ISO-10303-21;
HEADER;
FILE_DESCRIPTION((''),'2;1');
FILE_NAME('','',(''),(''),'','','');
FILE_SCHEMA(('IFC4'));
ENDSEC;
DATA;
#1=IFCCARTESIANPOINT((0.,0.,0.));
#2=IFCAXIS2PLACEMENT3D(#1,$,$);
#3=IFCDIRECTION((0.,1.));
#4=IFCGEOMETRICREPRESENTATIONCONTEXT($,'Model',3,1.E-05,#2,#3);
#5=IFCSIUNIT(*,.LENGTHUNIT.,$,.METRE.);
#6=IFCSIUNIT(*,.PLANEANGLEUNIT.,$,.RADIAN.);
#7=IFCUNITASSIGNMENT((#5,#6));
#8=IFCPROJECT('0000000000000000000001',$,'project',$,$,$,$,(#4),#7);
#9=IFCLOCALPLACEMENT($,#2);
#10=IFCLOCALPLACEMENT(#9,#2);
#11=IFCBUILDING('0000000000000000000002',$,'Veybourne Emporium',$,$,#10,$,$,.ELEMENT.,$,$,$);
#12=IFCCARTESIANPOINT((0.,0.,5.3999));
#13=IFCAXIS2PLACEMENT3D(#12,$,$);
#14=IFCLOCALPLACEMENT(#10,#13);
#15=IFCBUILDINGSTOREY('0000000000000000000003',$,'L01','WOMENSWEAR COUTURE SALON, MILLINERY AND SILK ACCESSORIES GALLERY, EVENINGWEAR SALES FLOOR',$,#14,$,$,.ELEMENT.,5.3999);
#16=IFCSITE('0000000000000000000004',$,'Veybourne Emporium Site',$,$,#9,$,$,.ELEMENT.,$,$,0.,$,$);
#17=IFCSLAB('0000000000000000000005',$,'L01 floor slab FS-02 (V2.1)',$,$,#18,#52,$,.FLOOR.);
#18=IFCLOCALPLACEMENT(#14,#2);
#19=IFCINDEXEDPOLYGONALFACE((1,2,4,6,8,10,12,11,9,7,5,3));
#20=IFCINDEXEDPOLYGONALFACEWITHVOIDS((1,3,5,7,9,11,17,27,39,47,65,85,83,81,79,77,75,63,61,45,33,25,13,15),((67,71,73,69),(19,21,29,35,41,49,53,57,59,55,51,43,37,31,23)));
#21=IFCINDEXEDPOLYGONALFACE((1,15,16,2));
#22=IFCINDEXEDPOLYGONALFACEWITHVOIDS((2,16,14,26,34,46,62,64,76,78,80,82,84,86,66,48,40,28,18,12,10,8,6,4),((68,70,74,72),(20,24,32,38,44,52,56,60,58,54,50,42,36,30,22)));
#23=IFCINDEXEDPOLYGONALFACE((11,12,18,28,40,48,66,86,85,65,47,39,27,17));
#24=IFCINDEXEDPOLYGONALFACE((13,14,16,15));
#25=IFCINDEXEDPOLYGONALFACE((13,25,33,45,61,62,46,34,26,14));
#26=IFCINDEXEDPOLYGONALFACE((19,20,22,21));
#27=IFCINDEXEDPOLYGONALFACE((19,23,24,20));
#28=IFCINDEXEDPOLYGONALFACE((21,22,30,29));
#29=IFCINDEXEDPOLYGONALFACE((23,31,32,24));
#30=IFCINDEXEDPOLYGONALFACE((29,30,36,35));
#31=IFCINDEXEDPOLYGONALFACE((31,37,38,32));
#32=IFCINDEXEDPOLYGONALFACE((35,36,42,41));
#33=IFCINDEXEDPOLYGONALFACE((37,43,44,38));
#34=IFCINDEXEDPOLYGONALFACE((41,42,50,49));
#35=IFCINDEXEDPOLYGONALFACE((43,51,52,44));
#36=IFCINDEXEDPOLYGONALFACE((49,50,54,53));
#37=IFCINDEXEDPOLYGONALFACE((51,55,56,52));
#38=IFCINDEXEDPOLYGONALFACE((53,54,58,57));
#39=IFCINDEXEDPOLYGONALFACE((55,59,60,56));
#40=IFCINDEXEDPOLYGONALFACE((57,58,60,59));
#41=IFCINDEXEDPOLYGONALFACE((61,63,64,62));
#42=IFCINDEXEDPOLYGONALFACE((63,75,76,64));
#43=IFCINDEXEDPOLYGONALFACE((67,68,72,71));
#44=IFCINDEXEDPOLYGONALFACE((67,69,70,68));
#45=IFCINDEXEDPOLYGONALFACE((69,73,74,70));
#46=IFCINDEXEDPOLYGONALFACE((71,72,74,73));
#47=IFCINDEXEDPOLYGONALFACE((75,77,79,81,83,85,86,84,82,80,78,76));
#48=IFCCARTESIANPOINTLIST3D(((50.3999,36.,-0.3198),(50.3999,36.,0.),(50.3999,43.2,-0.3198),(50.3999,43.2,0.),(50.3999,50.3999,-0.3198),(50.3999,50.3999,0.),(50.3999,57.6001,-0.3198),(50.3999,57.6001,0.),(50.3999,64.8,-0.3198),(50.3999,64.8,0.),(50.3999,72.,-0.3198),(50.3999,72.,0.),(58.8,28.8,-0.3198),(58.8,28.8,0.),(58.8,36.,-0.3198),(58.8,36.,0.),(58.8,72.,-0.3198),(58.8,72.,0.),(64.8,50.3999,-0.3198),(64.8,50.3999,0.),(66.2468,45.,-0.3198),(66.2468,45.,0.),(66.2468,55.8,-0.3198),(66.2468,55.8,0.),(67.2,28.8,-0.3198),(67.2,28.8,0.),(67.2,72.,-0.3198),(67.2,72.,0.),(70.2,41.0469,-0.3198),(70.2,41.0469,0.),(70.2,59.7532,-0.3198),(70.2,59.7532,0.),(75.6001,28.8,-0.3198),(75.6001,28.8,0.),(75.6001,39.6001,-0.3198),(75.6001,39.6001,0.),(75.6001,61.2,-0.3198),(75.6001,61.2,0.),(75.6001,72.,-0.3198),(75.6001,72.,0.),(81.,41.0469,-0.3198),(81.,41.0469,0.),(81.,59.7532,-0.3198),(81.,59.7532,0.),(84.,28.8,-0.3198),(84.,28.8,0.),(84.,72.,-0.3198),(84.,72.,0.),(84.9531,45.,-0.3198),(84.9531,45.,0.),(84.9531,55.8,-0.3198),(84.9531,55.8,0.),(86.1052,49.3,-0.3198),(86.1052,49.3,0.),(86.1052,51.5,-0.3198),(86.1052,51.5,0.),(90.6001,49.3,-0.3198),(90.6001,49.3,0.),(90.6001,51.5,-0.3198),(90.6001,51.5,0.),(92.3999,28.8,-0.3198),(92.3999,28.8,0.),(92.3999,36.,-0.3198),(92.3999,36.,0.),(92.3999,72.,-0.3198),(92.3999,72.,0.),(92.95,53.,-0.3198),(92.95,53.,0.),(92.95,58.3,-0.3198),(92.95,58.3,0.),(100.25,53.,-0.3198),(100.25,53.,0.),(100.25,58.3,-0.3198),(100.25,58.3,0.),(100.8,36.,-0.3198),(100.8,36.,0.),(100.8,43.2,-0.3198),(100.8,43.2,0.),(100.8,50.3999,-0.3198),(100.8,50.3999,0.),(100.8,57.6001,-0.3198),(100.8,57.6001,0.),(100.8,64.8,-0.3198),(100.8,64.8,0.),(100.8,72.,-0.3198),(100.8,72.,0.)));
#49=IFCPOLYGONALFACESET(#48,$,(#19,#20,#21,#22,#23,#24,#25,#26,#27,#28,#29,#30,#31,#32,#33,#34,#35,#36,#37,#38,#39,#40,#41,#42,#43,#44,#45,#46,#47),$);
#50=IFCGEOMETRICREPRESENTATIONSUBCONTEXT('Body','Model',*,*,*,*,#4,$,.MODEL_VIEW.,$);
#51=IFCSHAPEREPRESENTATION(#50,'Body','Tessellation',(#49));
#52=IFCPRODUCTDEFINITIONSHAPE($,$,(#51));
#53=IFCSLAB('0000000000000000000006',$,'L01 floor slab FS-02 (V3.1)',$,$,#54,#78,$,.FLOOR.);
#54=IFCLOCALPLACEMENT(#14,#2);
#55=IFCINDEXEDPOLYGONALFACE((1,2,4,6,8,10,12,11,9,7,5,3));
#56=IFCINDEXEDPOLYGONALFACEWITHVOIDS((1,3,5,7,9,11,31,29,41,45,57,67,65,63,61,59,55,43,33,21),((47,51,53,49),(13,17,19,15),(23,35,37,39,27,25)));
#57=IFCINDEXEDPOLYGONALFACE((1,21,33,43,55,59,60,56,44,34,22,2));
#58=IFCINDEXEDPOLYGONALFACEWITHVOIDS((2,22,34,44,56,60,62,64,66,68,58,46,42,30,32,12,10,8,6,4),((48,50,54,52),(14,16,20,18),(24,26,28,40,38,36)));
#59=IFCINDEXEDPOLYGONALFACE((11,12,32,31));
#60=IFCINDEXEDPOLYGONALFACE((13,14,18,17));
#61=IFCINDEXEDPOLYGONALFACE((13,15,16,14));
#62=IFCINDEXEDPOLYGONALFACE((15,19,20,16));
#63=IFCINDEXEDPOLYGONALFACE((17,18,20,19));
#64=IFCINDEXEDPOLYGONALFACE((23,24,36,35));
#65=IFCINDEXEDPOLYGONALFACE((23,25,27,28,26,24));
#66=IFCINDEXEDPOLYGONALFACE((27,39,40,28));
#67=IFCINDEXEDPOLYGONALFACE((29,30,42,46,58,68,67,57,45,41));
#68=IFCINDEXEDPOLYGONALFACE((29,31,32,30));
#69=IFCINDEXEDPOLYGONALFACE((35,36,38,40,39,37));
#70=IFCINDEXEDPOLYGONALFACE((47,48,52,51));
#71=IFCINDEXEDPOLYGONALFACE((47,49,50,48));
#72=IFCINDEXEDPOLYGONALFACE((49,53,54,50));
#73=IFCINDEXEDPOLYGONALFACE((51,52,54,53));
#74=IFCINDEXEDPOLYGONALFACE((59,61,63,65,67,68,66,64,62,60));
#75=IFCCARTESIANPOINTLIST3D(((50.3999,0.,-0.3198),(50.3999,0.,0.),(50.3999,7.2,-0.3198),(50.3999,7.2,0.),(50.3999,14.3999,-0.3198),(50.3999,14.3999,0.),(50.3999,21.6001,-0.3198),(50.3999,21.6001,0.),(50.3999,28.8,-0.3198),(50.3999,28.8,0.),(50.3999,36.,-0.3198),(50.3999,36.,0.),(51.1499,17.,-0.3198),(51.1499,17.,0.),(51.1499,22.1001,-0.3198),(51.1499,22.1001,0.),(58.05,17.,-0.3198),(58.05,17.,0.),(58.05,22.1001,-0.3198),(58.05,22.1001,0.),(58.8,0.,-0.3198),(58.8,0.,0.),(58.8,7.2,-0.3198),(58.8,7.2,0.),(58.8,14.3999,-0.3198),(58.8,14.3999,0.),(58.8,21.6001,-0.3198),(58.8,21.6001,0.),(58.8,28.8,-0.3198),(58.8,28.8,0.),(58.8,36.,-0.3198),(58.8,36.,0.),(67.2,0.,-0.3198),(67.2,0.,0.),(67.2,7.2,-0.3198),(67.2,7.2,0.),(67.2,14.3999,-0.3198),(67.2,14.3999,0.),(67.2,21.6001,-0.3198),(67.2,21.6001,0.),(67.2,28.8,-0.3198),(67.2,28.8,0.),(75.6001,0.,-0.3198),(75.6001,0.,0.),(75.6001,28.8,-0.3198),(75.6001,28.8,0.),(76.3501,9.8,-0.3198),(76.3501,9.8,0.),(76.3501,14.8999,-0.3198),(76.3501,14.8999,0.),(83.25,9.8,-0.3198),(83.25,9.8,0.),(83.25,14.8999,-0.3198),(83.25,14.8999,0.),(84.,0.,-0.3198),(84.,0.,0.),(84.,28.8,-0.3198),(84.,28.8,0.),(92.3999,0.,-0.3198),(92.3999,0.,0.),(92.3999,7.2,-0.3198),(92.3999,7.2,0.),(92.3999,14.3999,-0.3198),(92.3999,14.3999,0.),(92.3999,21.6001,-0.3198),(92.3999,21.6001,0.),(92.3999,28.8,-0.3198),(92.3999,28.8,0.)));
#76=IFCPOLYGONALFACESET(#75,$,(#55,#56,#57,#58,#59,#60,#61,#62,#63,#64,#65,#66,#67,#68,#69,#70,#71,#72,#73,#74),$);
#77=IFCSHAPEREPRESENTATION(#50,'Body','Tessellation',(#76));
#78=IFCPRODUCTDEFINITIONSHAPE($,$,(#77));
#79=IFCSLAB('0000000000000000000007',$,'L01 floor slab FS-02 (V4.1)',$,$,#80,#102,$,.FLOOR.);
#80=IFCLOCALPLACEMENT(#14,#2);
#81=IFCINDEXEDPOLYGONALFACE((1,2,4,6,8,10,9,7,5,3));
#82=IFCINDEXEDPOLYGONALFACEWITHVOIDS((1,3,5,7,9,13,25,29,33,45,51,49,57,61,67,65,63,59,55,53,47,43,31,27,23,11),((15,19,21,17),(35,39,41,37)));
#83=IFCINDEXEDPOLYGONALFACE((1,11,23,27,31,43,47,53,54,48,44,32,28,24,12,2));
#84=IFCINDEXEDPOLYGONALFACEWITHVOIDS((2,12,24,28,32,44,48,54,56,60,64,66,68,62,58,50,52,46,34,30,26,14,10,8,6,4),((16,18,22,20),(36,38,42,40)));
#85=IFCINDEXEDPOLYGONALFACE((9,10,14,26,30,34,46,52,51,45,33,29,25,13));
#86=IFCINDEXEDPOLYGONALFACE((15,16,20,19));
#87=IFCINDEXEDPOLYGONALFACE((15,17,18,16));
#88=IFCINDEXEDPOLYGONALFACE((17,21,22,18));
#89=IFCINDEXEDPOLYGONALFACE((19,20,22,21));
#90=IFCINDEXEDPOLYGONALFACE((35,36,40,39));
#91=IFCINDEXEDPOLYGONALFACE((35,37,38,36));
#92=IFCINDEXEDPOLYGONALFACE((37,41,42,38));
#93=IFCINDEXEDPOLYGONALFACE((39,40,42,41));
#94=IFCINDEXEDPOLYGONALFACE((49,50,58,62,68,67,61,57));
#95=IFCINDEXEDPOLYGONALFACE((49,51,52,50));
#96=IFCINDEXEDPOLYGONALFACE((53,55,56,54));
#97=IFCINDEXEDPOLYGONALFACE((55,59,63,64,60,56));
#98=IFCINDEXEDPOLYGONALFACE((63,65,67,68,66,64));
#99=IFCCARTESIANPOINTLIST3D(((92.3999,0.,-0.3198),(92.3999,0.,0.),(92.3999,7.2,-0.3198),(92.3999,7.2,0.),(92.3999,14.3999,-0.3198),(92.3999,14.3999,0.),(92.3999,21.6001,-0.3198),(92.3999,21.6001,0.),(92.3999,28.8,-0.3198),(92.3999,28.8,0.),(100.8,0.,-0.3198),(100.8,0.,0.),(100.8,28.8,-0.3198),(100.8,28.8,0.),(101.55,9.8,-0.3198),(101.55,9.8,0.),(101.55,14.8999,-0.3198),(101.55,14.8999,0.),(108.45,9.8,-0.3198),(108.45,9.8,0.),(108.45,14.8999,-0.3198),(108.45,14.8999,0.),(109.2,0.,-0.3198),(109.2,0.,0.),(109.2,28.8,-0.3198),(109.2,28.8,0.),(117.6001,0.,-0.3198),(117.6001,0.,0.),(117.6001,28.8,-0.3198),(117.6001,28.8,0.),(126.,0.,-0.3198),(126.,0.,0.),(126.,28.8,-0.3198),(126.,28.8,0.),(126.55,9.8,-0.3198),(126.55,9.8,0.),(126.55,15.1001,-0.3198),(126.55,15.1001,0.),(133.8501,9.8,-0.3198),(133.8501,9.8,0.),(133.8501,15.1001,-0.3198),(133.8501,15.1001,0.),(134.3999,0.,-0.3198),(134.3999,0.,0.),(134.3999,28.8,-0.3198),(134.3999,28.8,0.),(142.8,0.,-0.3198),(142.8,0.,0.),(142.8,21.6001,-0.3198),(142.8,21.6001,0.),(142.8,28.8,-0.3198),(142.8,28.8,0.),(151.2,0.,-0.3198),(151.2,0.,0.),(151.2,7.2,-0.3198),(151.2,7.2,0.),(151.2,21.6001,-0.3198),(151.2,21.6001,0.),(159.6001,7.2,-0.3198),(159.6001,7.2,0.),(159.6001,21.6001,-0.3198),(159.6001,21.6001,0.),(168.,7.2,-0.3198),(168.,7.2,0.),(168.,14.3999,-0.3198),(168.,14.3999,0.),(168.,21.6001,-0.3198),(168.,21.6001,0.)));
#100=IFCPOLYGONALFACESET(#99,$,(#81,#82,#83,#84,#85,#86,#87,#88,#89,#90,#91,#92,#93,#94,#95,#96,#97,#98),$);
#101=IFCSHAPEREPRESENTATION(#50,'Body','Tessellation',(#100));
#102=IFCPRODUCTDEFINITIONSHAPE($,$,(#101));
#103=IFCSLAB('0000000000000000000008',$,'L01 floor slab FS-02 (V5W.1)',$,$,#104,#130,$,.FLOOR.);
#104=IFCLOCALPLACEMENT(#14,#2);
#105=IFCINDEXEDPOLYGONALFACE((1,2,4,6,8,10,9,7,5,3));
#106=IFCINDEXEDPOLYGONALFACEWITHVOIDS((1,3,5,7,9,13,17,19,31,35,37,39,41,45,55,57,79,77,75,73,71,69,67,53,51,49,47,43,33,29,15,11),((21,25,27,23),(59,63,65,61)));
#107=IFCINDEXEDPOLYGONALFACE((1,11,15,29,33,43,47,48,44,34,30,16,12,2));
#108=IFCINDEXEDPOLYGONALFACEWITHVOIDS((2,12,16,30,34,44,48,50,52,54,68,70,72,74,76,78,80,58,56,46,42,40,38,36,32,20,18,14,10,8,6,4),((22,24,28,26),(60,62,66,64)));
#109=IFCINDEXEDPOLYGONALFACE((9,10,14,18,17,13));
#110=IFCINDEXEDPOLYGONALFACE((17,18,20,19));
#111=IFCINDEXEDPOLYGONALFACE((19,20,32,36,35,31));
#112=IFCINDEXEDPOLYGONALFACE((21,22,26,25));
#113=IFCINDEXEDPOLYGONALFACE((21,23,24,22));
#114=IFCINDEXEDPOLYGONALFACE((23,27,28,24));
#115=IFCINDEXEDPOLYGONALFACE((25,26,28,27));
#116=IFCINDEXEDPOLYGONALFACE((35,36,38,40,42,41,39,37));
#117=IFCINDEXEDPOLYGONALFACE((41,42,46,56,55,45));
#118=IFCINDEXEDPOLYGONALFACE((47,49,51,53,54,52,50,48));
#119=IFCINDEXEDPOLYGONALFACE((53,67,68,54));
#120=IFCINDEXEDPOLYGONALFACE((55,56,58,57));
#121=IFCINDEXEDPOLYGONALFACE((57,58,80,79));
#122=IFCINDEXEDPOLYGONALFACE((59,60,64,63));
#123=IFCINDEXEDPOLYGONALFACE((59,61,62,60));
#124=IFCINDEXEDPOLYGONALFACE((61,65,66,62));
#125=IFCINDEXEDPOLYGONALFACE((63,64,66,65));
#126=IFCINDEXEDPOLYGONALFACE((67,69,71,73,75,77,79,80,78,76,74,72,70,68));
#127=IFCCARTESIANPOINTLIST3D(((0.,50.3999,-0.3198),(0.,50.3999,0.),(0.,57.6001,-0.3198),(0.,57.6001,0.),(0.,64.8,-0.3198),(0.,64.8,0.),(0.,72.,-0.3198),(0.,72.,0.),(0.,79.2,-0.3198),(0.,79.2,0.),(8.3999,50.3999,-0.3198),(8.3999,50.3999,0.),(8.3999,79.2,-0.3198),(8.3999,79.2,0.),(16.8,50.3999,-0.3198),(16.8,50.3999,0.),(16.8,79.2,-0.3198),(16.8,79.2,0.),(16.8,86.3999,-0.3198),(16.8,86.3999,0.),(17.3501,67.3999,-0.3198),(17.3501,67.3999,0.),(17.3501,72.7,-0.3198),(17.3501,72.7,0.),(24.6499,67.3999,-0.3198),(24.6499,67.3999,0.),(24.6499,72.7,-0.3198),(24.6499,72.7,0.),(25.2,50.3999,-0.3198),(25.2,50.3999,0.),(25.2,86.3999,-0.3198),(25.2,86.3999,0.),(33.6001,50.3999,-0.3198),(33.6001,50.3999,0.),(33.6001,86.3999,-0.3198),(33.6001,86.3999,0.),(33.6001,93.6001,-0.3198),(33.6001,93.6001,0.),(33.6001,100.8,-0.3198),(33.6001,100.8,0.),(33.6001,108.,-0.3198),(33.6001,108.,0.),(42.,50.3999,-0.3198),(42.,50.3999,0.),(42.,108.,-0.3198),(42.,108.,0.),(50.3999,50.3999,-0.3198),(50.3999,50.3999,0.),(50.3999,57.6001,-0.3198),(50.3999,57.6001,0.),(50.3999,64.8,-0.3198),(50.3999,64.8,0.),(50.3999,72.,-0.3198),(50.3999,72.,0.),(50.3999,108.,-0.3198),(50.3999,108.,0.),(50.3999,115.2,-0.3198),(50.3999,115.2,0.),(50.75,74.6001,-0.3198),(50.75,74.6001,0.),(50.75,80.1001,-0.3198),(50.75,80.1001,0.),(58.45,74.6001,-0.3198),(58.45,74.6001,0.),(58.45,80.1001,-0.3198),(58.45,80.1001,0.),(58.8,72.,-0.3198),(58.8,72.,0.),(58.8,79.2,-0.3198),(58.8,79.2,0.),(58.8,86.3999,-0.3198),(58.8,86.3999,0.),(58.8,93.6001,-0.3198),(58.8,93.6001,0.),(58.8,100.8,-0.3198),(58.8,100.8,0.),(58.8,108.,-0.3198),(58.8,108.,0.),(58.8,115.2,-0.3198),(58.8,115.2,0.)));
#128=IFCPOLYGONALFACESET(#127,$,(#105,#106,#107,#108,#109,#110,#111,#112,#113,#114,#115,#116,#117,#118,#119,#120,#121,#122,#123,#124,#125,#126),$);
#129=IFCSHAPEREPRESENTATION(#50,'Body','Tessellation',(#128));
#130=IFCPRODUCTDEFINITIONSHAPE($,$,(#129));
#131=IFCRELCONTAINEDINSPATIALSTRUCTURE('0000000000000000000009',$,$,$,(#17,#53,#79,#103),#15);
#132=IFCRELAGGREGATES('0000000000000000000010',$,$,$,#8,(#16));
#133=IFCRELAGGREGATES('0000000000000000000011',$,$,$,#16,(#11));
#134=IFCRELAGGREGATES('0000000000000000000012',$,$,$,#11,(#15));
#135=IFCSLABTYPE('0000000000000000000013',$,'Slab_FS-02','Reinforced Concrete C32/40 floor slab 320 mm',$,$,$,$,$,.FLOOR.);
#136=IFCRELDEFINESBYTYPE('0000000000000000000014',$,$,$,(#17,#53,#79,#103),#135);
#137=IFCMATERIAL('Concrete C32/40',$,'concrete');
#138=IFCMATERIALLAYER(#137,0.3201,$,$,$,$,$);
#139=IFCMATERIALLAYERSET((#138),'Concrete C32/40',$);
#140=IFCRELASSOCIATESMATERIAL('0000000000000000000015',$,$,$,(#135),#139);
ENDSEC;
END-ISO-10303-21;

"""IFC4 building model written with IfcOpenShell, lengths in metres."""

from ifc_helpers import new_model, si_unit, direction, frame, origin, place, context, subcontext, project, spatial, polyline, outline, extrude, material, layer, layer_set, type_object, element, save


model = new_model("IFC4")

# Units and contexts
model_context = context("Model", 3, precision=1e-05, world=origin(), true_north=direction((0.0, 1.0)))
body_context = subcontext(model_context, "Body", "Model", "MODEL_VIEW")
ifc_project = project(units=[si_unit("LENGTHUNIT", "METRE"), si_unit("PLANEANGLEUNIT", "RADIAN")], contexts=[model_context])

# Site, building, storey
site_placement = place(None, origin())
site = spatial("IfcSite", under=ifc_project, at=site_placement, Name="Veybourne Emporium Site", CompositionType="ELEMENT", RefElevation=0.0)
building_placement = place(site_placement, origin())
building = spatial("IfcBuilding", under=site, at=building_placement, Name="Veybourne Emporium", CompositionType="ELEMENT")
storey_placement = place(building_placement, frame((0.0, 0.0, 5.3999)))
storey = spatial("IfcBuildingStorey", under=building, at=storey_placement, Name="L01", Description="WOMENSWEAR COUTURE SALON, MILLINERY AND SILK ACCESSORIES GALLERY, EVENINGWEAR SALES FLOOR", CompositionType="ELEMENT", Elevation=5.3999)

# Shared definitions
ifc_material_1 = material(Name="Concrete C32/40", Category="concrete")

# Slabs
ifc_layer_1 = layer(ifc_material_1, 0.3201)
ifc_layer_set_1 = layer_set([ifc_layer_1], Name="Concrete C32/40")
slab_type_1 = type_object("IfcSlabType", Name="Slab_FS-02", Description="Reinforced Concrete C32/40 floor slab 320 mm", PredefinedType="FLOOR", material=ifc_layer_set_1)
slab_1_placement = place(storey_placement, frame((0.0, 0.0, -0.3198)))
element("IfcSlab", 1, at=slab_1_placement, inside=storey, type_object=slab_type_1, Name="L01 floor slab FS-02 (V2.1)", PredefinedType="FLOOR", context=body_context, shape_type="SweptSolid", body=[
    extrude(outline(polyline([(50.3999, 36.0), (50.3999, 43.2), (50.3999, 50.3999), (50.3999, 57.6001), (50.3999, 64.8), (50.3999, 72.0), (58.8, 72.0), (67.2, 72.0), (75.6001, 72.0), (84.0, 72.0), (92.3999, 72.0), (100.8, 72.0), (100.8, 64.8), (100.8, 57.6001), (100.8, 50.3999), (100.8, 43.2), (100.8, 36.0), (92.3999, 36.0), (92.3999, 28.8), (84.0, 28.8), (75.6001, 28.8), (67.2, 28.8), (58.8, 28.8), (58.8, 36.0), (50.3999, 36.0)]), holes=[polyline([(86.1052, 49.3), (90.6001, 49.3), (90.6001, 51.5), (86.1052, 51.5), (84.9531, 55.8), (81.0, 59.7532), (75.6001, 61.2), (70.2, 59.7532), (66.2468, 55.8), (64.8, 50.3999), (66.2468, 45.0), (70.2, 41.0469), (75.6001, 39.6001), (81.0, 41.0469), (84.9531, 45.0), (86.1052, 49.3)]), polyline([(92.95, 53.0), (100.25, 53.0), (100.25, 58.3), (92.95, 58.3), (92.95, 53.0)])]), origin(), (0.0, 0.0, 1.0), 0.3198),
])
slab_2_placement = place(storey_placement, frame((0.0, 0.0, -0.3198)))
element("IfcSlab", 2, at=slab_2_placement, inside=storey, type_object=slab_type_1, Name="L01 floor slab FS-02 (V3.1)", PredefinedType="FLOOR", context=body_context, shape_type="SweptSolid", body=[
    extrude(outline(polyline([(50.3999, 28.8), (50.3999, 36.0), (58.8, 36.0), (58.8, 28.8), (67.2, 28.8), (75.6001, 28.8), (84.0, 28.8), (92.3999, 28.8), (92.3999, 21.6001), (92.3999, 14.3999), (92.3999, 7.2), (92.3999, 0.0), (84.0, 0.0), (75.6001, 0.0), (67.2, 0.0), (58.8, 0.0), (50.3999, 0.0), (50.3999, 7.2), (50.3999, 14.3999), (50.3999, 21.6001), (50.3999, 28.8)]), holes=[polyline([(58.8, 21.6001), (58.8, 14.3999), (58.8, 7.2), (67.2, 7.2), (67.2, 14.3999), (67.2, 21.6001), (58.8, 21.6001)]), polyline([(51.1499, 17.0), (58.05, 17.0), (58.05, 22.1001), (51.1499, 22.1001), (51.1499, 17.0)]), polyline([(83.25, 9.8), (83.25, 14.8999), (76.3501, 14.8999), (76.3501, 9.8), (83.25, 9.8)])]), origin(), (0.0, 0.0, 1.0), 0.3198),
])
slab_3_placement = place(storey_placement, frame((0.0, 0.0, -0.3198)))
element("IfcSlab", 3, at=slab_3_placement, inside=storey, type_object=slab_type_1, Name="L01 floor slab FS-02 (V4.1)", PredefinedType="FLOOR", context=body_context, shape_type="SweptSolid", body=[
    extrude(outline(polyline([(92.3999, 28.8), (100.8, 28.8), (109.2, 28.8), (117.6001, 28.8), (126.0, 28.8), (134.3999, 28.8), (142.8, 28.8), (142.8, 21.6001), (151.2, 21.6001), (159.6001, 21.6001), (168.0, 21.6001), (168.0, 14.3999), (168.0, 7.2), (159.6001, 7.2), (151.2, 7.2), (151.2, 0.0), (142.8, 0.0), (134.3999, 0.0), (126.0, 0.0), (117.6001, 0.0), (109.2, 0.0), (100.8, 0.0), (92.3999, 0.0), (92.3999, 7.2), (92.3999, 14.3999), (92.3999, 21.6001), (92.3999, 28.8)]), holes=[polyline([(101.55, 9.8), (108.45, 9.8), (108.45, 14.8999), (101.55, 14.8999), (101.55, 9.8)]), polyline([(126.55, 9.8), (133.8501, 9.8), (133.8501, 15.1001), (126.55, 15.1001), (126.55, 9.8)])]), origin(), (0.0, 0.0, 1.0), 0.3198),
])
slab_4_placement = place(storey_placement, frame((0.0, 0.0, -0.3198)))
element("IfcSlab", 4, at=slab_4_placement, inside=storey, type_object=slab_type_1, Name="L01 floor slab FS-02 (V5W.1)", PredefinedType="FLOOR", context=body_context, shape_type="SweptSolid", body=[
    extrude(outline(polyline([(16.8, 50.3999), (8.3999, 50.3999), (0.0, 50.3999), (0.0, 57.6001), (0.0, 64.8), (0.0, 72.0), (0.0, 79.2), (8.3999, 79.2), (16.8, 79.2), (16.8, 86.3999), (25.2, 86.3999), (33.6001, 86.3999), (33.6001, 93.6001), (33.6001, 100.8), (33.6001, 108.0), (42.0, 108.0), (50.3999, 108.0), (50.3999, 115.2), (58.8, 115.2), (58.8, 108.0), (58.8, 100.8), (58.8, 93.6001), (58.8, 86.3999), (58.8, 79.2), (58.8, 72.0), (50.3999, 72.0), (50.3999, 64.8), (50.3999, 57.6001), (50.3999, 50.3999), (42.0, 50.3999), (33.6001, 50.3999), (25.2, 50.3999), (16.8, 50.3999)]), holes=[polyline([(17.3501, 67.3999), (24.6499, 67.3999), (24.6499, 72.7), (17.3501, 72.7), (17.3501, 67.3999)]), polyline([(50.75, 74.6001), (58.45, 74.6001), (58.45, 80.1001), (50.75, 80.1001), (50.75, 74.6001)])]), origin(), (0.0, 0.0, 1.0), 0.3198),
])

save(model, "model.ifc")
